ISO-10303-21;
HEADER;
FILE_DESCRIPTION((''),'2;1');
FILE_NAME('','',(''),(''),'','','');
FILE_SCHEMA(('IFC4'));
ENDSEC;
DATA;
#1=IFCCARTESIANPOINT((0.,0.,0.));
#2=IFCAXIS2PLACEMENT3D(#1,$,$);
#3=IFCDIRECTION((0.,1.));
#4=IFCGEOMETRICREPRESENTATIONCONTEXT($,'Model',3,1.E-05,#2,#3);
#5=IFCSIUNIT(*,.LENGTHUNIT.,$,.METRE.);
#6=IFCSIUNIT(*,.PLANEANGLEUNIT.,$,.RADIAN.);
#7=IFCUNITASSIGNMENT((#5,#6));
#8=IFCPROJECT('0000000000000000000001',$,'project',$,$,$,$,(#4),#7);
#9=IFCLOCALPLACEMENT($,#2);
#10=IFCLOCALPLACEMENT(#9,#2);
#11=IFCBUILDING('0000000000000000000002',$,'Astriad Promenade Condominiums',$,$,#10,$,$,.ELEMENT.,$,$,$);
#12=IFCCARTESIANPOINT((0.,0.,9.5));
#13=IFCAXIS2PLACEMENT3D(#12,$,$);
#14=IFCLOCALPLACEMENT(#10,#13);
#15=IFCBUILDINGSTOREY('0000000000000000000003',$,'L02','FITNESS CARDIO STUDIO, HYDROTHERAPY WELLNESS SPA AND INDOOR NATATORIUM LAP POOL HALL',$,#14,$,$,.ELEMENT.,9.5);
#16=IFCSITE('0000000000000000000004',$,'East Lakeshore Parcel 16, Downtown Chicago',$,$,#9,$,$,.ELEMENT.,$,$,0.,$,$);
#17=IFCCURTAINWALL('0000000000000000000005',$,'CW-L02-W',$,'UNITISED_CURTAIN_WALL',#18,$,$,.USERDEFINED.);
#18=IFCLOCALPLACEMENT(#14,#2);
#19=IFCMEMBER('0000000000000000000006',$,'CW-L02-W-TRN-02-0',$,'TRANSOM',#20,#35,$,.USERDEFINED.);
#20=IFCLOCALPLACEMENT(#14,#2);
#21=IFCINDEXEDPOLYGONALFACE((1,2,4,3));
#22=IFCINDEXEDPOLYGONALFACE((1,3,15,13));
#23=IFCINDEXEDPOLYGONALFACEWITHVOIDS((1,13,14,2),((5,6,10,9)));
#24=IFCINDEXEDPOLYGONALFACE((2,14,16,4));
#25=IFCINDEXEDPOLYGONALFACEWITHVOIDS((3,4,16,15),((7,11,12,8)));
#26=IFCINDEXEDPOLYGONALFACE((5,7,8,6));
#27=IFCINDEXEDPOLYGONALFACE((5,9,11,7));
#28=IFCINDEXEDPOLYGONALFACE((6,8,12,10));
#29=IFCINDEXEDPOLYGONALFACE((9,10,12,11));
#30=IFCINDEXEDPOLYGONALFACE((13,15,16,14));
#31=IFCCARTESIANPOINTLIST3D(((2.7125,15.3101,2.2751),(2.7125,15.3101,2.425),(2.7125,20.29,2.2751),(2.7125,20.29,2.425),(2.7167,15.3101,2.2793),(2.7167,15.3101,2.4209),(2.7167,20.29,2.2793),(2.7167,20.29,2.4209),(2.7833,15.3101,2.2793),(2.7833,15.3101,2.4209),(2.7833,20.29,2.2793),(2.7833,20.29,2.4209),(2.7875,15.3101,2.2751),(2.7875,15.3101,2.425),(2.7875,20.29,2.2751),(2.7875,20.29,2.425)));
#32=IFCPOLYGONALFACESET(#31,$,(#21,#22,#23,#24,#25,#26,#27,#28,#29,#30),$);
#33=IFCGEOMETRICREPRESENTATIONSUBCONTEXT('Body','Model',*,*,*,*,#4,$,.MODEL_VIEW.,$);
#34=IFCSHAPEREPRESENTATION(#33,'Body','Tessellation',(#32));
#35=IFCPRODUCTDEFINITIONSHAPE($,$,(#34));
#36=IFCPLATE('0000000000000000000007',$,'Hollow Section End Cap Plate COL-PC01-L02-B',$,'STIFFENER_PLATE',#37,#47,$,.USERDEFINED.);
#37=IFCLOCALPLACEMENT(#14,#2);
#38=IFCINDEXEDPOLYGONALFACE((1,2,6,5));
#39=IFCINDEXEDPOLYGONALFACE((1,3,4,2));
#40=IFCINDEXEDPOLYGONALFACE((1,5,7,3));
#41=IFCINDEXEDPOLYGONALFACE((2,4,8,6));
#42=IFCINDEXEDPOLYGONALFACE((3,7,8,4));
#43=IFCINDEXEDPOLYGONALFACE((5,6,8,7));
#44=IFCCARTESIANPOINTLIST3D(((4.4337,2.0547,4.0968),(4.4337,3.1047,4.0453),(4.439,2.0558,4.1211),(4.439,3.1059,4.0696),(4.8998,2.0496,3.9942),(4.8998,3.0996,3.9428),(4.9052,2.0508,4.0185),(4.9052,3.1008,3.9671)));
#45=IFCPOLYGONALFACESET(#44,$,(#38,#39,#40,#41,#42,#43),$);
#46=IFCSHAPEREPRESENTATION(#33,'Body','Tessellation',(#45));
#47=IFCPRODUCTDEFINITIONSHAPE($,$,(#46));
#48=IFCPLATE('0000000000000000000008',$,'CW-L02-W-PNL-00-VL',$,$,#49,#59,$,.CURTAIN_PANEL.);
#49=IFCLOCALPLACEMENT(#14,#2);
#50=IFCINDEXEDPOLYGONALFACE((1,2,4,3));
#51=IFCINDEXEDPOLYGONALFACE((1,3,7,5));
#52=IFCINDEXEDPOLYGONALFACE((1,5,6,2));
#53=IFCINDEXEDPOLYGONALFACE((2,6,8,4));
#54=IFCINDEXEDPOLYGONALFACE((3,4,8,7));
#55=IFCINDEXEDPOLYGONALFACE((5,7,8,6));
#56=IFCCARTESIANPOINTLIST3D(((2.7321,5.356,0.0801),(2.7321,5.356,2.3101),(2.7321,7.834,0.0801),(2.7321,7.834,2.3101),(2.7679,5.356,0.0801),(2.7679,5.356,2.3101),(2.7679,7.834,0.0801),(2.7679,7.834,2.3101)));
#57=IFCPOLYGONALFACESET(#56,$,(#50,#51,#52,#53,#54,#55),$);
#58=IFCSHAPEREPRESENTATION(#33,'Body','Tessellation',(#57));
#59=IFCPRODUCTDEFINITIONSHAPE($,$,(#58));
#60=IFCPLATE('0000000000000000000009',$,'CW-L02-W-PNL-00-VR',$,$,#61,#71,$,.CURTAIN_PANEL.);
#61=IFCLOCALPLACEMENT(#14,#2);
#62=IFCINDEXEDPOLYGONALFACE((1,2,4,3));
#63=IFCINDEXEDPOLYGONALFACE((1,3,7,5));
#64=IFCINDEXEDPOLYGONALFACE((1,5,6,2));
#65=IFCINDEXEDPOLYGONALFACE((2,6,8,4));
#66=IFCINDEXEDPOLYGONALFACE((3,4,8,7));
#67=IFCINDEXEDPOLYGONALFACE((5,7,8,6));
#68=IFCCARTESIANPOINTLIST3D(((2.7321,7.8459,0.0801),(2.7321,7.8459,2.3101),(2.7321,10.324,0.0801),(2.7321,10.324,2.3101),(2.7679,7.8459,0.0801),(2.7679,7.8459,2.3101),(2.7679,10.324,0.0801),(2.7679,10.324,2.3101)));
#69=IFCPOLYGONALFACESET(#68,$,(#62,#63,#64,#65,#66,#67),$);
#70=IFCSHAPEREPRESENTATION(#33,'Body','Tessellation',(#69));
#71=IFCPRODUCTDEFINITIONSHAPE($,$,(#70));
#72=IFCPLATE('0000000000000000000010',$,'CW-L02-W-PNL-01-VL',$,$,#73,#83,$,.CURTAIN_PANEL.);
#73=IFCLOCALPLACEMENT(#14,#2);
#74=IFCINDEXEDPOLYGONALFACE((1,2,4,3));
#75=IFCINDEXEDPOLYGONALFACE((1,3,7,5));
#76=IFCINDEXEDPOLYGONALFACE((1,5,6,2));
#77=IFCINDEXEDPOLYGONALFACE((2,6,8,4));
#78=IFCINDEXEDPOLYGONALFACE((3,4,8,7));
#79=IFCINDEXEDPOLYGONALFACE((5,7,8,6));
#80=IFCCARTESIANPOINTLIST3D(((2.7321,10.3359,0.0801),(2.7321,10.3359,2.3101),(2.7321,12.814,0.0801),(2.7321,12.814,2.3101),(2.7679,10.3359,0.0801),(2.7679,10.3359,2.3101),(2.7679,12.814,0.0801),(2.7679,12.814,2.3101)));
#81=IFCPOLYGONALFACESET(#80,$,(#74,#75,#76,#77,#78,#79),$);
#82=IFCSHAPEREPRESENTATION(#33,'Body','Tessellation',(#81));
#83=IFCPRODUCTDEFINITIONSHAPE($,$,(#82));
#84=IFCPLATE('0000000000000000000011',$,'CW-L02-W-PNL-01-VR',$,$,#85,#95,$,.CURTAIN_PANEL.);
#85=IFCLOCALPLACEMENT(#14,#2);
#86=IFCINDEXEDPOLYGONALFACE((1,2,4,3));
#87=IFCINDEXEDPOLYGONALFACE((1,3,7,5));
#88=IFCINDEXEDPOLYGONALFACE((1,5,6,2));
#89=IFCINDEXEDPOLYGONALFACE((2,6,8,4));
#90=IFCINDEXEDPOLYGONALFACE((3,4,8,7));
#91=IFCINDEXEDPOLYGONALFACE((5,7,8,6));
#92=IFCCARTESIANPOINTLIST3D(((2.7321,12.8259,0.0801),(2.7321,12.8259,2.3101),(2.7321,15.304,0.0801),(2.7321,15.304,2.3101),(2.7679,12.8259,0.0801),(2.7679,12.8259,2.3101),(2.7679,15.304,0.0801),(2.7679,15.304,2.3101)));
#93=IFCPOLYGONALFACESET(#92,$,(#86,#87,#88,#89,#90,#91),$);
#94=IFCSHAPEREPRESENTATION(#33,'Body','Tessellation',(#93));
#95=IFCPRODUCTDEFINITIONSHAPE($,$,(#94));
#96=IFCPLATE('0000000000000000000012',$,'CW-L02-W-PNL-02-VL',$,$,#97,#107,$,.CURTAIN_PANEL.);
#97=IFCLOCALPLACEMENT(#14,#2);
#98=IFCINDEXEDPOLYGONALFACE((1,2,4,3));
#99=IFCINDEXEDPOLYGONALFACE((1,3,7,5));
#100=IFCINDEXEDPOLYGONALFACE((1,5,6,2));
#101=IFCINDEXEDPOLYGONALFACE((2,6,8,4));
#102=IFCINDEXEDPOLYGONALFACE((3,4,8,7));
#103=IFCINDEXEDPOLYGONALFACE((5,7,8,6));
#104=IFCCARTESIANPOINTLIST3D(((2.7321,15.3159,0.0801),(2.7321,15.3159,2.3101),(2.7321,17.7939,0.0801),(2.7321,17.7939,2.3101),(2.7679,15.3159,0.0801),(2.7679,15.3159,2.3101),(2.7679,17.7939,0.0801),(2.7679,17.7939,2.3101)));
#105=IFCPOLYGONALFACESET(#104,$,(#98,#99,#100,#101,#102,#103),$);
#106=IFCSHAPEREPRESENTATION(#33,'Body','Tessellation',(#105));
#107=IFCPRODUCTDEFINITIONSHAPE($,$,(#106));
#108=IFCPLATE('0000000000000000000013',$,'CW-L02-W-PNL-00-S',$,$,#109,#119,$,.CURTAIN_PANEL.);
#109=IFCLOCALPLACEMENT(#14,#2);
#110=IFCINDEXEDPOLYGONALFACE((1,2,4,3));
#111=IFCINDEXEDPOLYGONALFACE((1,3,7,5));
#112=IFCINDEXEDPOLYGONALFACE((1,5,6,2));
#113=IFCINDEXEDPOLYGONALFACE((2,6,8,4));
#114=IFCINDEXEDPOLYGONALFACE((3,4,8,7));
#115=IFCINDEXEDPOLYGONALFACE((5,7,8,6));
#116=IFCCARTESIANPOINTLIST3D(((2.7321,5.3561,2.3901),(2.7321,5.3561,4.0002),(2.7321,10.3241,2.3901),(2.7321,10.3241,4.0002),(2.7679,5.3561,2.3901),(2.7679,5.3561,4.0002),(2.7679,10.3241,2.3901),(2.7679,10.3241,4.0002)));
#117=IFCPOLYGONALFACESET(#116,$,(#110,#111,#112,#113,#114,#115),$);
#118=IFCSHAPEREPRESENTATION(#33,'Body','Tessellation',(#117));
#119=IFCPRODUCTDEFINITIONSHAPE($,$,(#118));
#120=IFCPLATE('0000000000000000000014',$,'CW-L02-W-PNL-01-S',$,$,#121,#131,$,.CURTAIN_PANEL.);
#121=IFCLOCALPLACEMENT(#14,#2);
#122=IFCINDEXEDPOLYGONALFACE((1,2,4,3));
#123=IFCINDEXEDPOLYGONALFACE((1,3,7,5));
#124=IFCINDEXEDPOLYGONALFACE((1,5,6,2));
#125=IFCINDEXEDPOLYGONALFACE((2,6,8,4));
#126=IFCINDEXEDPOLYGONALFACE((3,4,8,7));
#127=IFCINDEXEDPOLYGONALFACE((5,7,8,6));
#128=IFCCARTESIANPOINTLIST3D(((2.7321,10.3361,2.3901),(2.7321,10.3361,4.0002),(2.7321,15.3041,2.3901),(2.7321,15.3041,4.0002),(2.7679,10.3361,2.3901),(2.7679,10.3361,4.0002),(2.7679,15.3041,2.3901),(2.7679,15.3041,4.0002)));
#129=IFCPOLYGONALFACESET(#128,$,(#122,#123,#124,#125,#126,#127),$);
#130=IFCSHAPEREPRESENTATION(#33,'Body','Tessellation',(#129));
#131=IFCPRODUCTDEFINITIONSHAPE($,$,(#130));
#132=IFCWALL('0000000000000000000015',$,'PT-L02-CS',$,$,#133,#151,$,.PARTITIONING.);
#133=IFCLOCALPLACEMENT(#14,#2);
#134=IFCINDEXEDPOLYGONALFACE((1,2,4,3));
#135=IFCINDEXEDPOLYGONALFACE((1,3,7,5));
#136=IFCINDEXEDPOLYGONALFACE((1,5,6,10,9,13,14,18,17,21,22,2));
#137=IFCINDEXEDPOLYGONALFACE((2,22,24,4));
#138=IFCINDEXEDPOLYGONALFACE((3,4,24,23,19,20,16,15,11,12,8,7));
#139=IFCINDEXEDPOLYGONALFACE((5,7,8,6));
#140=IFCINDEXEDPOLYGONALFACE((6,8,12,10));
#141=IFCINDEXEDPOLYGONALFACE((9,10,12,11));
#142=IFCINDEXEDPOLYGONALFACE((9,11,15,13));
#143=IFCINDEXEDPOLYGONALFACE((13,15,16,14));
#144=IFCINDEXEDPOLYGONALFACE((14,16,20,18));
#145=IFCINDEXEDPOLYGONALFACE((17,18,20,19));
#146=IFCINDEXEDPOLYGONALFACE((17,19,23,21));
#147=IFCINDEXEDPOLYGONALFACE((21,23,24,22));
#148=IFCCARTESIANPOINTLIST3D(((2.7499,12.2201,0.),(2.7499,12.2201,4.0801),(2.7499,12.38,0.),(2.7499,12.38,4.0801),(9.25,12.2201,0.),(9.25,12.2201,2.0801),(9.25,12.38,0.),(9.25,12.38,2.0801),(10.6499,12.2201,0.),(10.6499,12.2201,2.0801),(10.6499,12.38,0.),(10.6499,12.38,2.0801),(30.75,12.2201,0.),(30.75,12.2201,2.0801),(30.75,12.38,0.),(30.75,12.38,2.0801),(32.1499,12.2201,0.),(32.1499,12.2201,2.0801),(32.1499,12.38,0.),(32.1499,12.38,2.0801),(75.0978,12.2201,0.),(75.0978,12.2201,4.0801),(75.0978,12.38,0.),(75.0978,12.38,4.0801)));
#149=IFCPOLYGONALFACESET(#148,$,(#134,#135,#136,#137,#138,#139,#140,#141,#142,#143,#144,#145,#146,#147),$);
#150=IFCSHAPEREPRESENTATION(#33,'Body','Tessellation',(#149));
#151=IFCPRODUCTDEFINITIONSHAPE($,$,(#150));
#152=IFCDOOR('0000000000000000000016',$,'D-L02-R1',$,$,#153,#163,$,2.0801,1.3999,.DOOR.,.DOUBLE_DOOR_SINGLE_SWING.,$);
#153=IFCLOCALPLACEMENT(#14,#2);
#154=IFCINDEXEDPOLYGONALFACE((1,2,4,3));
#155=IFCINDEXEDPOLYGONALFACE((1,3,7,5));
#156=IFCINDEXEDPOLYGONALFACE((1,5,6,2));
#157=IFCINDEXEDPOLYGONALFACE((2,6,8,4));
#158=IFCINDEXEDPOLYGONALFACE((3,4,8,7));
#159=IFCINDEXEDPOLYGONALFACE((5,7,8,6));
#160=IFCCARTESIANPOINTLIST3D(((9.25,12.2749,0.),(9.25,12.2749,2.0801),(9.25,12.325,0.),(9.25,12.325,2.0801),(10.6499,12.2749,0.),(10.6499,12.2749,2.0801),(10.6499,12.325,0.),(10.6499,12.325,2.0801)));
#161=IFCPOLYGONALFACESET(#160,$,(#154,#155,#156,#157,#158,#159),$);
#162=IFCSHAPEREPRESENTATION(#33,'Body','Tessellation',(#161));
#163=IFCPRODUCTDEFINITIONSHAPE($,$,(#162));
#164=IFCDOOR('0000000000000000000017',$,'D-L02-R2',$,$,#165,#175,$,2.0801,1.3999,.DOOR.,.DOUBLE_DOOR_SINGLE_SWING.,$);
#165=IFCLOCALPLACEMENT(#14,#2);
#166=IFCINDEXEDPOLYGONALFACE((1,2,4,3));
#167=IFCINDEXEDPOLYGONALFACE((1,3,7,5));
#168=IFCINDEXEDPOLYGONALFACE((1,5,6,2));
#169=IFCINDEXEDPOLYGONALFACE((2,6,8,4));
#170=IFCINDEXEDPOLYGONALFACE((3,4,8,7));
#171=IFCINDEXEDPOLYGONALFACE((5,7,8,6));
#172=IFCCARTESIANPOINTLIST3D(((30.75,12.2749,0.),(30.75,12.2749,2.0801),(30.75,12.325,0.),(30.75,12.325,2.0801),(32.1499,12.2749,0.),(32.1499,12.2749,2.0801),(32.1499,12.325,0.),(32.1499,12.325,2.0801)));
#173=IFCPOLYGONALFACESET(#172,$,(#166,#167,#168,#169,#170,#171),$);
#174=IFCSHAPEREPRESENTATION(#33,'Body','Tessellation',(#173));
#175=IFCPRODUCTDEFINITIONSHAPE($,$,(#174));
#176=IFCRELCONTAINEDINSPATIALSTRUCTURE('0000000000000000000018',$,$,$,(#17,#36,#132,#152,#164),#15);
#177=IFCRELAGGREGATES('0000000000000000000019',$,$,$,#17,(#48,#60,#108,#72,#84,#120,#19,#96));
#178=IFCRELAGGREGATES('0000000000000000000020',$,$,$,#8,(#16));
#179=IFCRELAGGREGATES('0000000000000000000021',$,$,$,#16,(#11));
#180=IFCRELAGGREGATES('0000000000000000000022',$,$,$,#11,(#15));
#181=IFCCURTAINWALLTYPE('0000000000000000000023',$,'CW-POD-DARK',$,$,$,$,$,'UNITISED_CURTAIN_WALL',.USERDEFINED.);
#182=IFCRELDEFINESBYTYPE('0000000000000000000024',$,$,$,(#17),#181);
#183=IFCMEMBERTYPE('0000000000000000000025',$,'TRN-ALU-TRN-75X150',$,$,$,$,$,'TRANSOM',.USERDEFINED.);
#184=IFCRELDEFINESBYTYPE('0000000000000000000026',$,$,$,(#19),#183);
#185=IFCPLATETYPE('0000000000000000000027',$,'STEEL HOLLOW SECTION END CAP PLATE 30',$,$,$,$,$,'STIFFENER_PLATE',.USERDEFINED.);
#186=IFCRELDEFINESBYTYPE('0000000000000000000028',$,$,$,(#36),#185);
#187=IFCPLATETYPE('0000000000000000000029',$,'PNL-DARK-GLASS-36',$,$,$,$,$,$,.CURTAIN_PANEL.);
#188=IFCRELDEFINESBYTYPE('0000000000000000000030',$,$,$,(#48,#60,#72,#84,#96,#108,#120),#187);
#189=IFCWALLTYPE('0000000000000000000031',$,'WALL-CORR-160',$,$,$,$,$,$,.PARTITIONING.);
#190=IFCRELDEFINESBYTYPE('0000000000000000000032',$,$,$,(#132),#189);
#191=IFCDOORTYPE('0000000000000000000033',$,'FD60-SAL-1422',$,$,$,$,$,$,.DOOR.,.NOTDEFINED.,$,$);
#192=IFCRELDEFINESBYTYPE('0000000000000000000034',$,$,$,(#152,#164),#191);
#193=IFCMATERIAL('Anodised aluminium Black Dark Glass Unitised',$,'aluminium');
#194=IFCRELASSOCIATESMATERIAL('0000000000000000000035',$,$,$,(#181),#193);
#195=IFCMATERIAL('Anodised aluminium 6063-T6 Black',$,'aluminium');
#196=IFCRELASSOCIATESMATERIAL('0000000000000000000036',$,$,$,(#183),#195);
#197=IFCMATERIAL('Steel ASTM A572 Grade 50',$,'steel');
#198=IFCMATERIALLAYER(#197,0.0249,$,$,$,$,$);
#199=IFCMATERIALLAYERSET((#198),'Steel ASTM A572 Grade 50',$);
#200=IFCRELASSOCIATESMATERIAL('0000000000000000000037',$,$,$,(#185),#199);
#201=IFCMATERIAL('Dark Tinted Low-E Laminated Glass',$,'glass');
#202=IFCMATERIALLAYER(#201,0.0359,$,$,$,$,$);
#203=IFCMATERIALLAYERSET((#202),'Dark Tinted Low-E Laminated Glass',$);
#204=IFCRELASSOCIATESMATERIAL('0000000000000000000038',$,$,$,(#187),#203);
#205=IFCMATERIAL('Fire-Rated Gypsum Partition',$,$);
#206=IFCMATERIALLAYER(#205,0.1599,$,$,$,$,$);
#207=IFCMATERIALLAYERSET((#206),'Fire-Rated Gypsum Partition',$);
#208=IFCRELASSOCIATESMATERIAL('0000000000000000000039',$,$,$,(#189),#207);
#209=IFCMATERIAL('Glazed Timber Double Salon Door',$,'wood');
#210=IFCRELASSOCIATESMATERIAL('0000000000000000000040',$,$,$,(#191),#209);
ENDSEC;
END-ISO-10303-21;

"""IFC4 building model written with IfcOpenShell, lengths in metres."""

from ifc_helpers import new_model, si_unit, direction, frame, frame_2d, origin, origin_2d, place, context, subcontext, project, spatial, rectangle, hollow_rectangle, extrude, source, transform, mapped, material, layer, layer_set, material_profile, profile_set, type_object, type_shapes, element, fill, aggregate, save


model = new_model("IFC4")

# Units and contexts
model_context = context("Model", 3, precision=1e-05, world=origin(), true_north=direction((0.0, 1.0)))
body_context = subcontext(model_context, "Body", "Model", "MODEL_VIEW")
ifc_project = project(units=[si_unit("LENGTHUNIT", "METRE"), si_unit("PLANEANGLEUNIT", "RADIAN")], contexts=[model_context])

# Site, building, storey
site_placement = place(None, origin())
site = spatial("IfcSite", under=ifc_project, at=site_placement, Name="East Lakeshore Parcel 16, Downtown Chicago", CompositionType="ELEMENT", RefElevation=0.0)
building_placement = place(site_placement, origin())
building = spatial("IfcBuilding", under=site, at=building_placement, Name="Astriad Promenade Condominiums", CompositionType="ELEMENT")
storey_placement = place(building_placement, frame((0.0, 0.0, 9.5)))
storey = spatial("IfcBuildingStorey", under=building, at=storey_placement, Name="L02", Description="FITNESS CARDIO STUDIO, HYDROTHERAPY WELLNESS SPA AND INDOOR NATATORIUM LAP POOL HALL", CompositionType="ELEMENT", Elevation=9.5)

# Curtain wall, member
ifc_material_1 = material(Name="Anodised aluminium Black Dark Glass Unitised", Category="aluminium")
curtain_wall_type = type_object("IfcCurtainWallType", Name="CW-POD-DARK", ElementType="UNITISED_CURTAIN_WALL", PredefinedType="USERDEFINED", material=ifc_material_1)
curtain_wall_placement = place(storey_placement, origin())
curtain_wall = element("IfcCurtainWall", 1, at=curtain_wall_placement, inside=storey, type_object=curtain_wall_type, Name="CW-L02-W", ObjectType="UNITISED_CURTAIN_WALL", PredefinedType="USERDEFINED")
ifc_material_2 = material(Name="Anodised aluminium 6063-T6 Black", Category="aluminium")
ifc_material_profile_1 = material_profile(ifc_material_2, hollow_rectangle(XDim=0.075, YDim=0.1499, WallThickness=0.0042, at=origin_2d()), Name="ALU-TRN-75X150")
ifc_profile_set_1 = profile_set([ifc_material_profile_1], Name="Anodised aluminium 6063-T6 Black")
member_type_1 = type_object("IfcMemberType", Name="TRN-ALU-TRN-75X150", ElementType="TRANSOM", PredefinedType="USERDEFINED", material=ifc_profile_set_1)
shared_shape_1 = source(origin(), body_context, "Body", "SweptSolid", [
    extrude(hollow_rectangle(XDim=0.075, YDim=0.1499, WallThickness=0.0042, at=origin_2d()), origin(), (0.0, 0.0, 1.0), 4.98),
])
type_shapes(member_type_1, [shared_shape_1])
member_1_placement = place(storey_placement, frame((2.75, 15.3101, 2.3501), z_axis=(0.0, 1.0, 0.0), x_axis=(-1.0, 0.0, 0.0)))
member_1 = element("IfcMember", 2, at=member_1_placement, type_object=member_type_1, Name="CW-L02-W-TRN-02-0", ObjectType="TRANSOM", PredefinedType="USERDEFINED", context=body_context, shape_type="MappedRepresentation", body=[
    mapped(shared_shape_1, transform((0.0, 0.0, 0.0), scale=1.0)),
])

# Plates
ifc_material_3 = material(Name="Steel ASTM A572 Grade 50", Category="steel")
ifc_layer_1 = layer(ifc_material_3, 0.0249)
ifc_layer_set_1 = layer_set([ifc_layer_1], Name="Steel ASTM A572 Grade 50")
plate_type_1 = type_object("IfcPlateType", Name="STEEL HOLLOW SECTION END CAP PLATE 30", ElementType="STIFFENER_PLATE", PredefinedType="USERDEFINED", material=ifc_layer_set_1)
shared_shape_2 = source(origin(), body_context, "Body", "SweptSolid", [
    extrude(rectangle(XDim=0.4773, YDim=1.0513, at=origin_2d()), origin(), (0.0, 0.0, 1.0), 0.0249),
])
type_shapes(plate_type_1, [shared_shape_2])
plate_1_placement = place(storey_placement, frame((4.6667, 2.5771, 4.0198), z_axis=(0.215154, 0.04779, 0.97541), x_axis=(1.0, 0.0, 0.0)))
element("IfcPlate", 3, at=plate_1_placement, inside=storey, type_object=plate_type_1, Name="Hollow Section End Cap Plate COL-PC01-L02-B", ObjectType="STIFFENER_PLATE", PredefinedType="USERDEFINED", context=body_context, shape_type="MappedRepresentation", body=[
    mapped(shared_shape_2, transform((0.0, 0.0, 0.0), scale=1.0)),
])
ifc_material_4 = material(Name="Dark Tinted Low-E Laminated Glass", Category="glass")
ifc_layer_2 = layer(ifc_material_4, 0.0359)
ifc_layer_set_2 = layer_set([ifc_layer_2], Name="Dark Tinted Low-E Laminated Glass")
plate_type_2 = type_object("IfcPlateType", Name="PNL-DARK-GLASS-36", PredefinedType="CURTAIN_PANEL", material=ifc_layer_set_2)
shared_shape_3 = source(origin(), body_context, "Body", "SweptSolid", [
    extrude(rectangle(XDim=2.478, YDim=0.0359, at=origin_2d()), origin(), (0.0, 0.0, 1.0), 2.23),
])
plate_2_placement = place(storey_placement, frame((2.75, 6.595, 0.0801), z_axis=(0.0, 0.0, 1.0), x_axis=(0.0, 1.0, 0.0)))
plate_2 = element("IfcPlate", 4, at=plate_2_placement, type_object=plate_type_2, Name="CW-L02-W-PNL-00-VL", PredefinedType="CURTAIN_PANEL", context=body_context, shape_type="MappedRepresentation", body=[
    mapped(shared_shape_3, transform((0.0, 0.0, 0.0), scale=1.0)),
])
plate_3_placement = place(storey_placement, frame((2.75, 9.085, 0.0801), z_axis=(0.0, 0.0, 1.0), x_axis=(0.0, 1.0, 0.0)))
plate_3 = element("IfcPlate", 5, at=plate_3_placement, type_object=plate_type_2, Name="CW-L02-W-PNL-00-VR", PredefinedType="CURTAIN_PANEL", context=body_context, shape_type="MappedRepresentation", body=[
    mapped(shared_shape_3, transform((0.0, 0.0, 0.0), scale=1.0)),
])
plate_4_placement = place(storey_placement, frame((2.75, 11.575, 0.0801), z_axis=(0.0, 0.0, 1.0), x_axis=(0.0, 1.0, 0.0)))
plate_4 = element("IfcPlate", 6, at=plate_4_placement, type_object=plate_type_2, Name="CW-L02-W-PNL-01-VL", PredefinedType="CURTAIN_PANEL", context=body_context, shape_type="MappedRepresentation", body=[
    mapped(shared_shape_3, transform((0.0, 0.0, 0.0), scale=1.0)),
])
plate_5_placement = place(storey_placement, frame((2.75, 14.0649, 0.0801), z_axis=(0.0, 0.0, 1.0), x_axis=(0.0, 1.0, 0.0)))
plate_5 = element("IfcPlate", 7, at=plate_5_placement, type_object=plate_type_2, Name="CW-L02-W-PNL-01-VR", PredefinedType="CURTAIN_PANEL", context=body_context, shape_type="MappedRepresentation", body=[
    mapped(shared_shape_3, transform((0.0, 0.0, 0.0), scale=1.0)),
])
plate_6_placement = place(storey_placement, frame((2.75, 16.5549, 0.0801), z_axis=(0.0, 0.0, 1.0), x_axis=(0.0, 1.0, 0.0)))
plate_6 = element("IfcPlate", 8, at=plate_6_placement, type_object=plate_type_2, Name="CW-L02-W-PNL-02-VL", PredefinedType="CURTAIN_PANEL", context=body_context, shape_type="MappedRepresentation", body=[
    mapped(shared_shape_3, transform((0.0, 0.0, 0.0), scale=1.0)),
])
shared_shape_4 = source(origin(), body_context, "Body", "SweptSolid", [
    extrude(rectangle(XDim=4.968, YDim=0.0359, at=origin_2d()), origin(), (0.0, 0.0, 1.0), 1.6101),
])
type_shapes(plate_type_2, [shared_shape_3, shared_shape_4])
plate_7_placement = place(storey_placement, frame((2.75, 7.8401, 2.3901), z_axis=(0.0, 0.0, 1.0), x_axis=(0.0, 1.0, 0.0)))
plate_7 = element("IfcPlate", 9, at=plate_7_placement, type_object=plate_type_2, Name="CW-L02-W-PNL-00-S", PredefinedType="CURTAIN_PANEL", context=body_context, shape_type="MappedRepresentation", body=[
    mapped(shared_shape_4, transform((0.0, 0.0, 0.0), scale=1.0)),
])
plate_8_placement = place(storey_placement, frame((2.75, 12.8201, 2.3901), z_axis=(0.0, 0.0, 1.0), x_axis=(0.0, 1.0, 0.0)))
plate_8 = element("IfcPlate", 10, at=plate_8_placement, type_object=plate_type_2, Name="CW-L02-W-PNL-01-S", PredefinedType="CURTAIN_PANEL", context=body_context, shape_type="MappedRepresentation", body=[
    mapped(shared_shape_4, transform((0.0, 0.0, 0.0), scale=1.0)),
])
aggregate(curtain_wall, [plate_2, plate_3, plate_7, plate_4, plate_5, plate_8, member_1, plate_6])

# Wall, openings, doors
ifc_material_5 = material(Name="Fire-Rated Gypsum Partition")
ifc_layer_3 = layer(ifc_material_5, 0.1599)
ifc_layer_set_3 = layer_set([ifc_layer_3], Name="Fire-Rated Gypsum Partition")
wall_type_1 = type_object("IfcWallType", Name="WALL-CORR-160", PredefinedType="PARTITIONING", material=ifc_layer_set_3)
wall_1_placement = place(storey_placement, frame((2.75, 12.3, 0.0), z_axis=(0.0, 0.0, 1.0), x_axis=(1.0, 0.0, 0.0)))
wall_1 = element("IfcWall", 11, at=wall_1_placement, inside=storey, type_object=wall_type_1, Name="PT-L02-CS", PredefinedType="PARTITIONING", context=body_context, shape_type="SweptSolid", body=[
    extrude(rectangle(XDim=72.3479, YDim=0.1599, at=frame_2d((36.1738, 0.0))), origin(), (0.0, 0.0, 1.0), 4.0801),
])
opening_1_placement = place(wall_1_placement, frame((6.5, 0.0, 0.0)))
opening_1 = element("IfcOpeningElement", 12, at=opening_1_placement, cuts=wall_1, PredefinedType="OPENING", context=body_context, shape_type="SweptSolid", body=[
    extrude(rectangle(XDim=1.3999, YDim=2.0801, at=frame_2d((0.7, 1.04))), frame((0.0, 0.0898, 0.0), z_axis=(0.0, -1.0, 0.0), x_axis=(1.0, 0.0, 0.0)), (0.0, 0.0, 1.0), 0.1799),
])
opening_2_placement = place(wall_1_placement, frame((28.0, 0.0, 0.0)))
opening_2 = element("IfcOpeningElement", 13, at=opening_2_placement, cuts=wall_1, PredefinedType="OPENING", context=body_context, shape_type="SweptSolid", body=[
    extrude(rectangle(XDim=1.3999, YDim=2.0801, at=frame_2d((0.7, 1.04))), frame((0.0, 0.0898, 0.0), z_axis=(0.0, -1.0, 0.0), x_axis=(1.0, 0.0, 0.0)), (0.0, 0.0, 1.0), 0.1799),
])
ifc_material_6 = material(Name="Glazed Timber Double Salon Door", Category="wood")
door_type_1 = type_object("IfcDoorType", Name="FD60-SAL-1422", OperationType="NOTDEFINED", PredefinedType="DOOR", material=ifc_material_6)
shared_shape_5 = source(origin(), body_context, "Body", "SweptSolid", [
    extrude(rectangle(XDim=1.3999, YDim=2.0801, at=frame_2d((0.7, 1.04))), frame((0.0, 0.0249, 0.0), z_axis=(0.0, -1.0, 0.0), x_axis=(1.0, 0.0, 0.0)), (0.0, 0.0, 1.0), 0.05),
])
type_shapes(door_type_1, [shared_shape_5])
door_1_placement = place(opening_1_placement, origin())
door_1 = element("IfcDoor", 14, at=door_1_placement, inside=storey, type_object=door_type_1, Name="D-L02-R1", OperationType="DOUBLE_DOOR_SINGLE_SWING", OverallHeight=2.0801, OverallWidth=1.3999, PredefinedType="DOOR", context=body_context, shape_type="MappedRepresentation", body=[
    mapped(shared_shape_5, transform((0.0, 0.0, 0.0), scale=1.0)),
])
fill(opening_1, door_1)
door_2_placement = place(opening_2_placement, origin())
door_2 = element("IfcDoor", 15, at=door_2_placement, inside=storey, type_object=door_type_1, Name="D-L02-R2", OperationType="DOUBLE_DOOR_SINGLE_SWING", OverallHeight=2.0801, OverallWidth=1.3999, PredefinedType="DOOR", context=body_context, shape_type="MappedRepresentation", body=[
    mapped(shared_shape_5, transform((0.0, 0.0, 0.0), scale=1.0)),
])
fill(opening_2, door_2)

save(model, "model.ifc")
